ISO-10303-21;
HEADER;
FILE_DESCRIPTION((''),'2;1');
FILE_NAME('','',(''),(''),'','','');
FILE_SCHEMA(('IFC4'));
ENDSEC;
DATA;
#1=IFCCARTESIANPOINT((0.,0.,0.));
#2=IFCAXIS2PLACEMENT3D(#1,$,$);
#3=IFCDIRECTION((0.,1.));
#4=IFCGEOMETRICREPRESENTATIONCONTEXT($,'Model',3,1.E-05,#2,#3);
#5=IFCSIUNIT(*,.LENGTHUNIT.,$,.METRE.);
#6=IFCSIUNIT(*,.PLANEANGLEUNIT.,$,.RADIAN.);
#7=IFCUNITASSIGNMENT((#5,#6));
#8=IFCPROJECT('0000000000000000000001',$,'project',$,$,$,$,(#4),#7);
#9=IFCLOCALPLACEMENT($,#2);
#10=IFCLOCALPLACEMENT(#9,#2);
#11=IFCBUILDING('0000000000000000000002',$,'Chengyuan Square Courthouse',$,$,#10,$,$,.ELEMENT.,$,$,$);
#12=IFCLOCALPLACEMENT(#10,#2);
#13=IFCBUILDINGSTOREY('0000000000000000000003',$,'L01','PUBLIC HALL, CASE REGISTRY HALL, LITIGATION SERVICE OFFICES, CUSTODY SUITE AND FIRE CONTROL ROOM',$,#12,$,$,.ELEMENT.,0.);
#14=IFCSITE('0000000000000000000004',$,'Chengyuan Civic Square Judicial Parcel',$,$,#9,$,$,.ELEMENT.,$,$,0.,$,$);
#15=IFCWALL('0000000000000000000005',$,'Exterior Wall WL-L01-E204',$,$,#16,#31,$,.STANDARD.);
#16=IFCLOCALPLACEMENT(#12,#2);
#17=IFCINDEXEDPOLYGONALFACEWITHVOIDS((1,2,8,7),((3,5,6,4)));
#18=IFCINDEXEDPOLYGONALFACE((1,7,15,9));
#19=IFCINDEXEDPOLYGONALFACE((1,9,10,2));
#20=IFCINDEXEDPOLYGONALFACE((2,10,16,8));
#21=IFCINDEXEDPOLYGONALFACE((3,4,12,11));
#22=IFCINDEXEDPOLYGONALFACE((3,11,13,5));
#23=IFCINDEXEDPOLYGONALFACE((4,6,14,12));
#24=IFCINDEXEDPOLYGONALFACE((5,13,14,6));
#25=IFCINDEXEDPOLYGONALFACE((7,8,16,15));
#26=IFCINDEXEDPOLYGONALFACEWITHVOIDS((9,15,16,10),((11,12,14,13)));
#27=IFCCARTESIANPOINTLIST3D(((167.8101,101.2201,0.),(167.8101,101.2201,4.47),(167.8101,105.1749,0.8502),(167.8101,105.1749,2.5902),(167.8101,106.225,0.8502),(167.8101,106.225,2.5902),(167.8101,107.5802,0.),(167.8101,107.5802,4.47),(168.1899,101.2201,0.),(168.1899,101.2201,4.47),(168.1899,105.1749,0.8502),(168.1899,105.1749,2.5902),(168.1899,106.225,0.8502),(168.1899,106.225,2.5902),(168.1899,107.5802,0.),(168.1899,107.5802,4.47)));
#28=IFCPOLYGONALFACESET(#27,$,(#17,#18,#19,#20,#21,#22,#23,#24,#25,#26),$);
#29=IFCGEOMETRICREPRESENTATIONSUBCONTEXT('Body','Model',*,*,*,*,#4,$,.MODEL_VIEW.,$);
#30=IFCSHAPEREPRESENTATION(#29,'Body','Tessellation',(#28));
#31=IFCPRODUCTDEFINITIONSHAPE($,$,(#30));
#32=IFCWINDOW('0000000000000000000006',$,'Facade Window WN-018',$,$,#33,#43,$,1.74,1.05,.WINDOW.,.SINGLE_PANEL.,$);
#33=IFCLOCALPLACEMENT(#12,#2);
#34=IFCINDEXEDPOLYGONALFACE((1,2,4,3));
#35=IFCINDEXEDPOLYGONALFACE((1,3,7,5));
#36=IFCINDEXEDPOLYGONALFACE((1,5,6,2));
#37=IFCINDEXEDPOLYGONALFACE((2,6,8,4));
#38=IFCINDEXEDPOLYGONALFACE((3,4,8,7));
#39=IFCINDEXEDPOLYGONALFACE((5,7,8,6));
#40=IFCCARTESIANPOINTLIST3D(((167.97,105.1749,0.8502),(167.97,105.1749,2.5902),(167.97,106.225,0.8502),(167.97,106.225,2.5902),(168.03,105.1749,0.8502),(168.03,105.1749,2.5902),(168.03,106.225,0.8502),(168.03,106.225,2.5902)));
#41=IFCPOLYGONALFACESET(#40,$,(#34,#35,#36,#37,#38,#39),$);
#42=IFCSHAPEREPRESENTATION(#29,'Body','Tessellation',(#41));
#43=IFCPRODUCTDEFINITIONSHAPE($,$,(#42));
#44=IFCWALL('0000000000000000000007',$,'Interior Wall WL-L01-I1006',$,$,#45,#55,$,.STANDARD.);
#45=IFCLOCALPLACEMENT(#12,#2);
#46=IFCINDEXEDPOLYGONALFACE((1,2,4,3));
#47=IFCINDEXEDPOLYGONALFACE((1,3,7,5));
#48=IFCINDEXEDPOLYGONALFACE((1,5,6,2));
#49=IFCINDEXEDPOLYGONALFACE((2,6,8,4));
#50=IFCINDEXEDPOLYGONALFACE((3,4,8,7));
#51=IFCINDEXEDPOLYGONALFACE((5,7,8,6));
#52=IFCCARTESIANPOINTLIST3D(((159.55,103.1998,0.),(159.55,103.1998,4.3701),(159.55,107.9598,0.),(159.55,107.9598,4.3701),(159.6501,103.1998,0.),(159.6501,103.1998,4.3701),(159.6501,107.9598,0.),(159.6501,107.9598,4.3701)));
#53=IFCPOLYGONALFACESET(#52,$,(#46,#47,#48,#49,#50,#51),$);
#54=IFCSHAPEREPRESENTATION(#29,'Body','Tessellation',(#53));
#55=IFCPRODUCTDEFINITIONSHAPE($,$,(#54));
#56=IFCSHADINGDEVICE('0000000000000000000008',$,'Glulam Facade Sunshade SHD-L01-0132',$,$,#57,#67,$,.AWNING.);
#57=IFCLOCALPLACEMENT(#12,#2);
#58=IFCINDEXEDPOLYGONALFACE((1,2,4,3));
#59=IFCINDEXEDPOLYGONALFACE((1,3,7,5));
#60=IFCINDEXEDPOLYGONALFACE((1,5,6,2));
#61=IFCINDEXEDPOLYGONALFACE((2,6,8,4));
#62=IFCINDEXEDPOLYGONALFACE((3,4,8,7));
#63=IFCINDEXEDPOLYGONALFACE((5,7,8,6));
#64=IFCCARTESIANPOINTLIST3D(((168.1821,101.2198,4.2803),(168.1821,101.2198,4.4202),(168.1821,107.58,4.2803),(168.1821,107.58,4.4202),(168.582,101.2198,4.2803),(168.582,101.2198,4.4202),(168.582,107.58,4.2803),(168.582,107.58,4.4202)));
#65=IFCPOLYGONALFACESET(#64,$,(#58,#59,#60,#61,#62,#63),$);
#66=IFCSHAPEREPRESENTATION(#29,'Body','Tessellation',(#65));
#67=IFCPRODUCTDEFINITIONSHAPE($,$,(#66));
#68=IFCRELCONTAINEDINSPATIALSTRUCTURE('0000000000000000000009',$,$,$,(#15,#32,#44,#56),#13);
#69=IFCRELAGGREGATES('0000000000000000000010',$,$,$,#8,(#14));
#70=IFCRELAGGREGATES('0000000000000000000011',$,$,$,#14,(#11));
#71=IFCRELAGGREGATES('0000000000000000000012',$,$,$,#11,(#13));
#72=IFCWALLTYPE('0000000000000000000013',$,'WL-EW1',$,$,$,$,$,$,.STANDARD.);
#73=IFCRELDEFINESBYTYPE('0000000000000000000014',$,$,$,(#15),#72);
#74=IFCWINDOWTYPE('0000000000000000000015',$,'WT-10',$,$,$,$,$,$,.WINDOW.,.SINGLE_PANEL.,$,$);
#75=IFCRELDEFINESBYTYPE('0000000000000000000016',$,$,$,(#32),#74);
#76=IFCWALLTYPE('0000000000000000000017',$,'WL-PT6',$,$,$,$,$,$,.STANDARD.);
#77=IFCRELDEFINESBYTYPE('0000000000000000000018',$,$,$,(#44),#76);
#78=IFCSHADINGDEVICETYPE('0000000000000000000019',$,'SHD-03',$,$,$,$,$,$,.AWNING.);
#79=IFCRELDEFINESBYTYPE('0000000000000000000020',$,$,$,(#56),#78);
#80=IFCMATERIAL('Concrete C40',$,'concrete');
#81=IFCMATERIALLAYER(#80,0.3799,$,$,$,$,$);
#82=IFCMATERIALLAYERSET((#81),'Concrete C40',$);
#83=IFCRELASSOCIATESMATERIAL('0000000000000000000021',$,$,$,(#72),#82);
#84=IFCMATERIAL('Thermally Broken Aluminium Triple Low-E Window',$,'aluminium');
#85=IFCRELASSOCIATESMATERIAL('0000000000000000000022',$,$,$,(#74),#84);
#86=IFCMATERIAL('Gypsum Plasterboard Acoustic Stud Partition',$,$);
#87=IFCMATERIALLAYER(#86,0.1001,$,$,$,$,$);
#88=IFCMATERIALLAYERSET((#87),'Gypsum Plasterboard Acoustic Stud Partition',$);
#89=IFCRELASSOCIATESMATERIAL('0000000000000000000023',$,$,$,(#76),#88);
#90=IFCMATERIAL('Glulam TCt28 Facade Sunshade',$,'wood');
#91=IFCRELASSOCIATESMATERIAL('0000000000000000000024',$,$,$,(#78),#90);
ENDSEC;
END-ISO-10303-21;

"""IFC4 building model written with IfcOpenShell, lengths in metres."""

from ifc_helpers import new_model, si_unit, direction, frame, frame_2d, origin, origin_2d, place, context, subcontext, project, spatial, rectangle, extrude, material, layer, layer_set, type_object, element, fill, save


model = new_model("IFC4")

# Units and contexts
model_context = context("Model", 3, precision=1e-05, world=origin(), true_north=direction((0.0, 1.0)))
body_context = subcontext(model_context, "Body", "Model", "MODEL_VIEW")
ifc_project = project(units=[si_unit("LENGTHUNIT", "METRE"), si_unit("PLANEANGLEUNIT", "RADIAN")], contexts=[model_context])

# Site, building, storey
site_placement = place(None, origin())
site = spatial("IfcSite", under=ifc_project, at=site_placement, Name="Chengyuan Civic Square Judicial Parcel", CompositionType="ELEMENT", RefElevation=0.0)
building_placement = place(site_placement, origin())
building = spatial("IfcBuilding", under=site, at=building_placement, Name="Chengyuan Square Courthouse", CompositionType="ELEMENT")
storey_placement = place(building_placement, origin())
storey = spatial("IfcBuildingStorey", under=building, at=storey_placement, Name="L01", Description="PUBLIC HALL, CASE REGISTRY HALL, LITIGATION SERVICE OFFICES, CUSTODY SUITE AND FIRE CONTROL ROOM", CompositionType="ELEMENT", Elevation=0.0)

# Shared definitions
ifc_material_1 = material(Name="Concrete C40", Category="concrete")

# Wall, opening, window
ifc_layer_1 = layer(ifc_material_1, 0.3799)
ifc_layer_set_1 = layer_set([ifc_layer_1], Name="Concrete C40")
wall_type_1 = type_object("IfcWallType", Name="WL-EW1", PredefinedType="STANDARD", material=ifc_layer_set_1)
ifc_material_2 = material(Name="Thermally Broken Aluminium Triple Low-E Window", Category="aluminium")
wall_1_placement = place(storey_placement, frame((168.0, 101.22, 0.0), z_axis=(0.0, 0.0, 1.0), x_axis=(0.0, 1.0, 0.0)))
wall_1 = element("IfcWall", 1, at=wall_1_placement, inside=storey, type_object=wall_type_1, Name="Exterior Wall WL-L01-E204", PredefinedType="STANDARD", context=body_context, shape_type="SweptSolid", body=[
    extrude(rectangle(XDim=6.3601, YDim=0.3799, at=frame_2d((3.1802, 0.0))), origin(), (0.0, 0.0, 1.0), 4.47),
])
opening_1_placement = place(wall_1_placement, frame((3.9551, 0.0, 0.8501)))
opening_1 = element("IfcOpeningElement", 2, at=opening_1_placement, cuts=wall_1, PredefinedType="OPENING", context=body_context, shape_type="SweptSolid", body=[
    extrude(rectangle(XDim=1.05, YDim=1.74, at=frame_2d((0.5249, 0.8701))), frame((0.0, 0.2019, 0.0), z_axis=(0.0, -1.0, 0.0), x_axis=(1.0, 0.0, 0.0)), (0.0, 0.0, 1.0), 0.4038),
])
window_type_1 = type_object("IfcWindowType", Name="WT-10", PartitioningType="SINGLE_PANEL", PredefinedType="WINDOW", material=ifc_material_2)
window_1_placement = place(opening_1_placement, origin())
window_1 = element("IfcWindow", 3, at=window_1_placement, inside=storey, type_object=window_type_1, Name="Facade Window WN-018", OverallHeight=1.74, OverallWidth=1.05, PartitioningType="SINGLE_PANEL", PredefinedType="WINDOW", context=body_context, shape_type="SweptSolid", body=[
    extrude(rectangle(XDim=1.05, YDim=1.74, at=frame_2d((0.5249, 0.8701))), frame((0.0, 0.03, 0.0), z_axis=(0.0, -1.0, 0.0), x_axis=(1.0, 0.0, 0.0)), (0.0, 0.0, 1.0), 0.0601),
])
fill(opening_1, window_1)

# Shared definitions
ifc_material_3 = material(Name="Gypsum Plasterboard Acoustic Stud Partition")
ifc_layer_2 = layer(ifc_material_3, 0.1001)
ifc_layer_set_2 = layer_set([ifc_layer_2], Name="Gypsum Plasterboard Acoustic Stud Partition")
wall_type_2 = type_object("IfcWallType", Name="WL-PT6", PredefinedType="STANDARD", material=ifc_layer_set_2)

# Wall
wall_2_placement = place(storey_placement, frame((159.6001, 103.2, 0.0), z_axis=(0.0, 0.0, 1.0), x_axis=(0.0, 1.0, 0.0)))
element("IfcWall", 4, at=wall_2_placement, inside=storey, type_object=wall_type_2, Name="Interior Wall WL-L01-I1006", PredefinedType="STANDARD", context=body_context, shape_type="SweptSolid", body=[
    extrude(rectangle(XDim=4.76, YDim=0.1001, at=frame_2d((2.3799, 0.0))), origin(), (0.0, 0.0, 1.0), 4.3701),
])

# Shading device
ifc_material_4 = material(Name="Glulam TCt28 Facade Sunshade", Category="wood")
shading_device_type = type_object("IfcShadingDeviceType", Name="SHD-03", PredefinedType="AWNING", material=ifc_material_4)
shading_device_placement = place(storey_placement, frame((168.3821, 104.3999, 4.2803), z_axis=(0.0, 0.0, 1.0), x_axis=(0.0, 1.0, 0.0)))
element("IfcShadingDevice", 5, at=shading_device_placement, inside=storey, type_object=shading_device_type, Name="Glulam Facade Sunshade SHD-L01-0132", PredefinedType="AWNING", context=body_context, shape_type="SweptSolid", body=[
    extrude(rectangle(XDim=6.3601, YDim=0.3999, at=origin_2d()), origin(), (0.0, 0.0, 1.0), 0.1399),
])

save(model, "model.ifc")
